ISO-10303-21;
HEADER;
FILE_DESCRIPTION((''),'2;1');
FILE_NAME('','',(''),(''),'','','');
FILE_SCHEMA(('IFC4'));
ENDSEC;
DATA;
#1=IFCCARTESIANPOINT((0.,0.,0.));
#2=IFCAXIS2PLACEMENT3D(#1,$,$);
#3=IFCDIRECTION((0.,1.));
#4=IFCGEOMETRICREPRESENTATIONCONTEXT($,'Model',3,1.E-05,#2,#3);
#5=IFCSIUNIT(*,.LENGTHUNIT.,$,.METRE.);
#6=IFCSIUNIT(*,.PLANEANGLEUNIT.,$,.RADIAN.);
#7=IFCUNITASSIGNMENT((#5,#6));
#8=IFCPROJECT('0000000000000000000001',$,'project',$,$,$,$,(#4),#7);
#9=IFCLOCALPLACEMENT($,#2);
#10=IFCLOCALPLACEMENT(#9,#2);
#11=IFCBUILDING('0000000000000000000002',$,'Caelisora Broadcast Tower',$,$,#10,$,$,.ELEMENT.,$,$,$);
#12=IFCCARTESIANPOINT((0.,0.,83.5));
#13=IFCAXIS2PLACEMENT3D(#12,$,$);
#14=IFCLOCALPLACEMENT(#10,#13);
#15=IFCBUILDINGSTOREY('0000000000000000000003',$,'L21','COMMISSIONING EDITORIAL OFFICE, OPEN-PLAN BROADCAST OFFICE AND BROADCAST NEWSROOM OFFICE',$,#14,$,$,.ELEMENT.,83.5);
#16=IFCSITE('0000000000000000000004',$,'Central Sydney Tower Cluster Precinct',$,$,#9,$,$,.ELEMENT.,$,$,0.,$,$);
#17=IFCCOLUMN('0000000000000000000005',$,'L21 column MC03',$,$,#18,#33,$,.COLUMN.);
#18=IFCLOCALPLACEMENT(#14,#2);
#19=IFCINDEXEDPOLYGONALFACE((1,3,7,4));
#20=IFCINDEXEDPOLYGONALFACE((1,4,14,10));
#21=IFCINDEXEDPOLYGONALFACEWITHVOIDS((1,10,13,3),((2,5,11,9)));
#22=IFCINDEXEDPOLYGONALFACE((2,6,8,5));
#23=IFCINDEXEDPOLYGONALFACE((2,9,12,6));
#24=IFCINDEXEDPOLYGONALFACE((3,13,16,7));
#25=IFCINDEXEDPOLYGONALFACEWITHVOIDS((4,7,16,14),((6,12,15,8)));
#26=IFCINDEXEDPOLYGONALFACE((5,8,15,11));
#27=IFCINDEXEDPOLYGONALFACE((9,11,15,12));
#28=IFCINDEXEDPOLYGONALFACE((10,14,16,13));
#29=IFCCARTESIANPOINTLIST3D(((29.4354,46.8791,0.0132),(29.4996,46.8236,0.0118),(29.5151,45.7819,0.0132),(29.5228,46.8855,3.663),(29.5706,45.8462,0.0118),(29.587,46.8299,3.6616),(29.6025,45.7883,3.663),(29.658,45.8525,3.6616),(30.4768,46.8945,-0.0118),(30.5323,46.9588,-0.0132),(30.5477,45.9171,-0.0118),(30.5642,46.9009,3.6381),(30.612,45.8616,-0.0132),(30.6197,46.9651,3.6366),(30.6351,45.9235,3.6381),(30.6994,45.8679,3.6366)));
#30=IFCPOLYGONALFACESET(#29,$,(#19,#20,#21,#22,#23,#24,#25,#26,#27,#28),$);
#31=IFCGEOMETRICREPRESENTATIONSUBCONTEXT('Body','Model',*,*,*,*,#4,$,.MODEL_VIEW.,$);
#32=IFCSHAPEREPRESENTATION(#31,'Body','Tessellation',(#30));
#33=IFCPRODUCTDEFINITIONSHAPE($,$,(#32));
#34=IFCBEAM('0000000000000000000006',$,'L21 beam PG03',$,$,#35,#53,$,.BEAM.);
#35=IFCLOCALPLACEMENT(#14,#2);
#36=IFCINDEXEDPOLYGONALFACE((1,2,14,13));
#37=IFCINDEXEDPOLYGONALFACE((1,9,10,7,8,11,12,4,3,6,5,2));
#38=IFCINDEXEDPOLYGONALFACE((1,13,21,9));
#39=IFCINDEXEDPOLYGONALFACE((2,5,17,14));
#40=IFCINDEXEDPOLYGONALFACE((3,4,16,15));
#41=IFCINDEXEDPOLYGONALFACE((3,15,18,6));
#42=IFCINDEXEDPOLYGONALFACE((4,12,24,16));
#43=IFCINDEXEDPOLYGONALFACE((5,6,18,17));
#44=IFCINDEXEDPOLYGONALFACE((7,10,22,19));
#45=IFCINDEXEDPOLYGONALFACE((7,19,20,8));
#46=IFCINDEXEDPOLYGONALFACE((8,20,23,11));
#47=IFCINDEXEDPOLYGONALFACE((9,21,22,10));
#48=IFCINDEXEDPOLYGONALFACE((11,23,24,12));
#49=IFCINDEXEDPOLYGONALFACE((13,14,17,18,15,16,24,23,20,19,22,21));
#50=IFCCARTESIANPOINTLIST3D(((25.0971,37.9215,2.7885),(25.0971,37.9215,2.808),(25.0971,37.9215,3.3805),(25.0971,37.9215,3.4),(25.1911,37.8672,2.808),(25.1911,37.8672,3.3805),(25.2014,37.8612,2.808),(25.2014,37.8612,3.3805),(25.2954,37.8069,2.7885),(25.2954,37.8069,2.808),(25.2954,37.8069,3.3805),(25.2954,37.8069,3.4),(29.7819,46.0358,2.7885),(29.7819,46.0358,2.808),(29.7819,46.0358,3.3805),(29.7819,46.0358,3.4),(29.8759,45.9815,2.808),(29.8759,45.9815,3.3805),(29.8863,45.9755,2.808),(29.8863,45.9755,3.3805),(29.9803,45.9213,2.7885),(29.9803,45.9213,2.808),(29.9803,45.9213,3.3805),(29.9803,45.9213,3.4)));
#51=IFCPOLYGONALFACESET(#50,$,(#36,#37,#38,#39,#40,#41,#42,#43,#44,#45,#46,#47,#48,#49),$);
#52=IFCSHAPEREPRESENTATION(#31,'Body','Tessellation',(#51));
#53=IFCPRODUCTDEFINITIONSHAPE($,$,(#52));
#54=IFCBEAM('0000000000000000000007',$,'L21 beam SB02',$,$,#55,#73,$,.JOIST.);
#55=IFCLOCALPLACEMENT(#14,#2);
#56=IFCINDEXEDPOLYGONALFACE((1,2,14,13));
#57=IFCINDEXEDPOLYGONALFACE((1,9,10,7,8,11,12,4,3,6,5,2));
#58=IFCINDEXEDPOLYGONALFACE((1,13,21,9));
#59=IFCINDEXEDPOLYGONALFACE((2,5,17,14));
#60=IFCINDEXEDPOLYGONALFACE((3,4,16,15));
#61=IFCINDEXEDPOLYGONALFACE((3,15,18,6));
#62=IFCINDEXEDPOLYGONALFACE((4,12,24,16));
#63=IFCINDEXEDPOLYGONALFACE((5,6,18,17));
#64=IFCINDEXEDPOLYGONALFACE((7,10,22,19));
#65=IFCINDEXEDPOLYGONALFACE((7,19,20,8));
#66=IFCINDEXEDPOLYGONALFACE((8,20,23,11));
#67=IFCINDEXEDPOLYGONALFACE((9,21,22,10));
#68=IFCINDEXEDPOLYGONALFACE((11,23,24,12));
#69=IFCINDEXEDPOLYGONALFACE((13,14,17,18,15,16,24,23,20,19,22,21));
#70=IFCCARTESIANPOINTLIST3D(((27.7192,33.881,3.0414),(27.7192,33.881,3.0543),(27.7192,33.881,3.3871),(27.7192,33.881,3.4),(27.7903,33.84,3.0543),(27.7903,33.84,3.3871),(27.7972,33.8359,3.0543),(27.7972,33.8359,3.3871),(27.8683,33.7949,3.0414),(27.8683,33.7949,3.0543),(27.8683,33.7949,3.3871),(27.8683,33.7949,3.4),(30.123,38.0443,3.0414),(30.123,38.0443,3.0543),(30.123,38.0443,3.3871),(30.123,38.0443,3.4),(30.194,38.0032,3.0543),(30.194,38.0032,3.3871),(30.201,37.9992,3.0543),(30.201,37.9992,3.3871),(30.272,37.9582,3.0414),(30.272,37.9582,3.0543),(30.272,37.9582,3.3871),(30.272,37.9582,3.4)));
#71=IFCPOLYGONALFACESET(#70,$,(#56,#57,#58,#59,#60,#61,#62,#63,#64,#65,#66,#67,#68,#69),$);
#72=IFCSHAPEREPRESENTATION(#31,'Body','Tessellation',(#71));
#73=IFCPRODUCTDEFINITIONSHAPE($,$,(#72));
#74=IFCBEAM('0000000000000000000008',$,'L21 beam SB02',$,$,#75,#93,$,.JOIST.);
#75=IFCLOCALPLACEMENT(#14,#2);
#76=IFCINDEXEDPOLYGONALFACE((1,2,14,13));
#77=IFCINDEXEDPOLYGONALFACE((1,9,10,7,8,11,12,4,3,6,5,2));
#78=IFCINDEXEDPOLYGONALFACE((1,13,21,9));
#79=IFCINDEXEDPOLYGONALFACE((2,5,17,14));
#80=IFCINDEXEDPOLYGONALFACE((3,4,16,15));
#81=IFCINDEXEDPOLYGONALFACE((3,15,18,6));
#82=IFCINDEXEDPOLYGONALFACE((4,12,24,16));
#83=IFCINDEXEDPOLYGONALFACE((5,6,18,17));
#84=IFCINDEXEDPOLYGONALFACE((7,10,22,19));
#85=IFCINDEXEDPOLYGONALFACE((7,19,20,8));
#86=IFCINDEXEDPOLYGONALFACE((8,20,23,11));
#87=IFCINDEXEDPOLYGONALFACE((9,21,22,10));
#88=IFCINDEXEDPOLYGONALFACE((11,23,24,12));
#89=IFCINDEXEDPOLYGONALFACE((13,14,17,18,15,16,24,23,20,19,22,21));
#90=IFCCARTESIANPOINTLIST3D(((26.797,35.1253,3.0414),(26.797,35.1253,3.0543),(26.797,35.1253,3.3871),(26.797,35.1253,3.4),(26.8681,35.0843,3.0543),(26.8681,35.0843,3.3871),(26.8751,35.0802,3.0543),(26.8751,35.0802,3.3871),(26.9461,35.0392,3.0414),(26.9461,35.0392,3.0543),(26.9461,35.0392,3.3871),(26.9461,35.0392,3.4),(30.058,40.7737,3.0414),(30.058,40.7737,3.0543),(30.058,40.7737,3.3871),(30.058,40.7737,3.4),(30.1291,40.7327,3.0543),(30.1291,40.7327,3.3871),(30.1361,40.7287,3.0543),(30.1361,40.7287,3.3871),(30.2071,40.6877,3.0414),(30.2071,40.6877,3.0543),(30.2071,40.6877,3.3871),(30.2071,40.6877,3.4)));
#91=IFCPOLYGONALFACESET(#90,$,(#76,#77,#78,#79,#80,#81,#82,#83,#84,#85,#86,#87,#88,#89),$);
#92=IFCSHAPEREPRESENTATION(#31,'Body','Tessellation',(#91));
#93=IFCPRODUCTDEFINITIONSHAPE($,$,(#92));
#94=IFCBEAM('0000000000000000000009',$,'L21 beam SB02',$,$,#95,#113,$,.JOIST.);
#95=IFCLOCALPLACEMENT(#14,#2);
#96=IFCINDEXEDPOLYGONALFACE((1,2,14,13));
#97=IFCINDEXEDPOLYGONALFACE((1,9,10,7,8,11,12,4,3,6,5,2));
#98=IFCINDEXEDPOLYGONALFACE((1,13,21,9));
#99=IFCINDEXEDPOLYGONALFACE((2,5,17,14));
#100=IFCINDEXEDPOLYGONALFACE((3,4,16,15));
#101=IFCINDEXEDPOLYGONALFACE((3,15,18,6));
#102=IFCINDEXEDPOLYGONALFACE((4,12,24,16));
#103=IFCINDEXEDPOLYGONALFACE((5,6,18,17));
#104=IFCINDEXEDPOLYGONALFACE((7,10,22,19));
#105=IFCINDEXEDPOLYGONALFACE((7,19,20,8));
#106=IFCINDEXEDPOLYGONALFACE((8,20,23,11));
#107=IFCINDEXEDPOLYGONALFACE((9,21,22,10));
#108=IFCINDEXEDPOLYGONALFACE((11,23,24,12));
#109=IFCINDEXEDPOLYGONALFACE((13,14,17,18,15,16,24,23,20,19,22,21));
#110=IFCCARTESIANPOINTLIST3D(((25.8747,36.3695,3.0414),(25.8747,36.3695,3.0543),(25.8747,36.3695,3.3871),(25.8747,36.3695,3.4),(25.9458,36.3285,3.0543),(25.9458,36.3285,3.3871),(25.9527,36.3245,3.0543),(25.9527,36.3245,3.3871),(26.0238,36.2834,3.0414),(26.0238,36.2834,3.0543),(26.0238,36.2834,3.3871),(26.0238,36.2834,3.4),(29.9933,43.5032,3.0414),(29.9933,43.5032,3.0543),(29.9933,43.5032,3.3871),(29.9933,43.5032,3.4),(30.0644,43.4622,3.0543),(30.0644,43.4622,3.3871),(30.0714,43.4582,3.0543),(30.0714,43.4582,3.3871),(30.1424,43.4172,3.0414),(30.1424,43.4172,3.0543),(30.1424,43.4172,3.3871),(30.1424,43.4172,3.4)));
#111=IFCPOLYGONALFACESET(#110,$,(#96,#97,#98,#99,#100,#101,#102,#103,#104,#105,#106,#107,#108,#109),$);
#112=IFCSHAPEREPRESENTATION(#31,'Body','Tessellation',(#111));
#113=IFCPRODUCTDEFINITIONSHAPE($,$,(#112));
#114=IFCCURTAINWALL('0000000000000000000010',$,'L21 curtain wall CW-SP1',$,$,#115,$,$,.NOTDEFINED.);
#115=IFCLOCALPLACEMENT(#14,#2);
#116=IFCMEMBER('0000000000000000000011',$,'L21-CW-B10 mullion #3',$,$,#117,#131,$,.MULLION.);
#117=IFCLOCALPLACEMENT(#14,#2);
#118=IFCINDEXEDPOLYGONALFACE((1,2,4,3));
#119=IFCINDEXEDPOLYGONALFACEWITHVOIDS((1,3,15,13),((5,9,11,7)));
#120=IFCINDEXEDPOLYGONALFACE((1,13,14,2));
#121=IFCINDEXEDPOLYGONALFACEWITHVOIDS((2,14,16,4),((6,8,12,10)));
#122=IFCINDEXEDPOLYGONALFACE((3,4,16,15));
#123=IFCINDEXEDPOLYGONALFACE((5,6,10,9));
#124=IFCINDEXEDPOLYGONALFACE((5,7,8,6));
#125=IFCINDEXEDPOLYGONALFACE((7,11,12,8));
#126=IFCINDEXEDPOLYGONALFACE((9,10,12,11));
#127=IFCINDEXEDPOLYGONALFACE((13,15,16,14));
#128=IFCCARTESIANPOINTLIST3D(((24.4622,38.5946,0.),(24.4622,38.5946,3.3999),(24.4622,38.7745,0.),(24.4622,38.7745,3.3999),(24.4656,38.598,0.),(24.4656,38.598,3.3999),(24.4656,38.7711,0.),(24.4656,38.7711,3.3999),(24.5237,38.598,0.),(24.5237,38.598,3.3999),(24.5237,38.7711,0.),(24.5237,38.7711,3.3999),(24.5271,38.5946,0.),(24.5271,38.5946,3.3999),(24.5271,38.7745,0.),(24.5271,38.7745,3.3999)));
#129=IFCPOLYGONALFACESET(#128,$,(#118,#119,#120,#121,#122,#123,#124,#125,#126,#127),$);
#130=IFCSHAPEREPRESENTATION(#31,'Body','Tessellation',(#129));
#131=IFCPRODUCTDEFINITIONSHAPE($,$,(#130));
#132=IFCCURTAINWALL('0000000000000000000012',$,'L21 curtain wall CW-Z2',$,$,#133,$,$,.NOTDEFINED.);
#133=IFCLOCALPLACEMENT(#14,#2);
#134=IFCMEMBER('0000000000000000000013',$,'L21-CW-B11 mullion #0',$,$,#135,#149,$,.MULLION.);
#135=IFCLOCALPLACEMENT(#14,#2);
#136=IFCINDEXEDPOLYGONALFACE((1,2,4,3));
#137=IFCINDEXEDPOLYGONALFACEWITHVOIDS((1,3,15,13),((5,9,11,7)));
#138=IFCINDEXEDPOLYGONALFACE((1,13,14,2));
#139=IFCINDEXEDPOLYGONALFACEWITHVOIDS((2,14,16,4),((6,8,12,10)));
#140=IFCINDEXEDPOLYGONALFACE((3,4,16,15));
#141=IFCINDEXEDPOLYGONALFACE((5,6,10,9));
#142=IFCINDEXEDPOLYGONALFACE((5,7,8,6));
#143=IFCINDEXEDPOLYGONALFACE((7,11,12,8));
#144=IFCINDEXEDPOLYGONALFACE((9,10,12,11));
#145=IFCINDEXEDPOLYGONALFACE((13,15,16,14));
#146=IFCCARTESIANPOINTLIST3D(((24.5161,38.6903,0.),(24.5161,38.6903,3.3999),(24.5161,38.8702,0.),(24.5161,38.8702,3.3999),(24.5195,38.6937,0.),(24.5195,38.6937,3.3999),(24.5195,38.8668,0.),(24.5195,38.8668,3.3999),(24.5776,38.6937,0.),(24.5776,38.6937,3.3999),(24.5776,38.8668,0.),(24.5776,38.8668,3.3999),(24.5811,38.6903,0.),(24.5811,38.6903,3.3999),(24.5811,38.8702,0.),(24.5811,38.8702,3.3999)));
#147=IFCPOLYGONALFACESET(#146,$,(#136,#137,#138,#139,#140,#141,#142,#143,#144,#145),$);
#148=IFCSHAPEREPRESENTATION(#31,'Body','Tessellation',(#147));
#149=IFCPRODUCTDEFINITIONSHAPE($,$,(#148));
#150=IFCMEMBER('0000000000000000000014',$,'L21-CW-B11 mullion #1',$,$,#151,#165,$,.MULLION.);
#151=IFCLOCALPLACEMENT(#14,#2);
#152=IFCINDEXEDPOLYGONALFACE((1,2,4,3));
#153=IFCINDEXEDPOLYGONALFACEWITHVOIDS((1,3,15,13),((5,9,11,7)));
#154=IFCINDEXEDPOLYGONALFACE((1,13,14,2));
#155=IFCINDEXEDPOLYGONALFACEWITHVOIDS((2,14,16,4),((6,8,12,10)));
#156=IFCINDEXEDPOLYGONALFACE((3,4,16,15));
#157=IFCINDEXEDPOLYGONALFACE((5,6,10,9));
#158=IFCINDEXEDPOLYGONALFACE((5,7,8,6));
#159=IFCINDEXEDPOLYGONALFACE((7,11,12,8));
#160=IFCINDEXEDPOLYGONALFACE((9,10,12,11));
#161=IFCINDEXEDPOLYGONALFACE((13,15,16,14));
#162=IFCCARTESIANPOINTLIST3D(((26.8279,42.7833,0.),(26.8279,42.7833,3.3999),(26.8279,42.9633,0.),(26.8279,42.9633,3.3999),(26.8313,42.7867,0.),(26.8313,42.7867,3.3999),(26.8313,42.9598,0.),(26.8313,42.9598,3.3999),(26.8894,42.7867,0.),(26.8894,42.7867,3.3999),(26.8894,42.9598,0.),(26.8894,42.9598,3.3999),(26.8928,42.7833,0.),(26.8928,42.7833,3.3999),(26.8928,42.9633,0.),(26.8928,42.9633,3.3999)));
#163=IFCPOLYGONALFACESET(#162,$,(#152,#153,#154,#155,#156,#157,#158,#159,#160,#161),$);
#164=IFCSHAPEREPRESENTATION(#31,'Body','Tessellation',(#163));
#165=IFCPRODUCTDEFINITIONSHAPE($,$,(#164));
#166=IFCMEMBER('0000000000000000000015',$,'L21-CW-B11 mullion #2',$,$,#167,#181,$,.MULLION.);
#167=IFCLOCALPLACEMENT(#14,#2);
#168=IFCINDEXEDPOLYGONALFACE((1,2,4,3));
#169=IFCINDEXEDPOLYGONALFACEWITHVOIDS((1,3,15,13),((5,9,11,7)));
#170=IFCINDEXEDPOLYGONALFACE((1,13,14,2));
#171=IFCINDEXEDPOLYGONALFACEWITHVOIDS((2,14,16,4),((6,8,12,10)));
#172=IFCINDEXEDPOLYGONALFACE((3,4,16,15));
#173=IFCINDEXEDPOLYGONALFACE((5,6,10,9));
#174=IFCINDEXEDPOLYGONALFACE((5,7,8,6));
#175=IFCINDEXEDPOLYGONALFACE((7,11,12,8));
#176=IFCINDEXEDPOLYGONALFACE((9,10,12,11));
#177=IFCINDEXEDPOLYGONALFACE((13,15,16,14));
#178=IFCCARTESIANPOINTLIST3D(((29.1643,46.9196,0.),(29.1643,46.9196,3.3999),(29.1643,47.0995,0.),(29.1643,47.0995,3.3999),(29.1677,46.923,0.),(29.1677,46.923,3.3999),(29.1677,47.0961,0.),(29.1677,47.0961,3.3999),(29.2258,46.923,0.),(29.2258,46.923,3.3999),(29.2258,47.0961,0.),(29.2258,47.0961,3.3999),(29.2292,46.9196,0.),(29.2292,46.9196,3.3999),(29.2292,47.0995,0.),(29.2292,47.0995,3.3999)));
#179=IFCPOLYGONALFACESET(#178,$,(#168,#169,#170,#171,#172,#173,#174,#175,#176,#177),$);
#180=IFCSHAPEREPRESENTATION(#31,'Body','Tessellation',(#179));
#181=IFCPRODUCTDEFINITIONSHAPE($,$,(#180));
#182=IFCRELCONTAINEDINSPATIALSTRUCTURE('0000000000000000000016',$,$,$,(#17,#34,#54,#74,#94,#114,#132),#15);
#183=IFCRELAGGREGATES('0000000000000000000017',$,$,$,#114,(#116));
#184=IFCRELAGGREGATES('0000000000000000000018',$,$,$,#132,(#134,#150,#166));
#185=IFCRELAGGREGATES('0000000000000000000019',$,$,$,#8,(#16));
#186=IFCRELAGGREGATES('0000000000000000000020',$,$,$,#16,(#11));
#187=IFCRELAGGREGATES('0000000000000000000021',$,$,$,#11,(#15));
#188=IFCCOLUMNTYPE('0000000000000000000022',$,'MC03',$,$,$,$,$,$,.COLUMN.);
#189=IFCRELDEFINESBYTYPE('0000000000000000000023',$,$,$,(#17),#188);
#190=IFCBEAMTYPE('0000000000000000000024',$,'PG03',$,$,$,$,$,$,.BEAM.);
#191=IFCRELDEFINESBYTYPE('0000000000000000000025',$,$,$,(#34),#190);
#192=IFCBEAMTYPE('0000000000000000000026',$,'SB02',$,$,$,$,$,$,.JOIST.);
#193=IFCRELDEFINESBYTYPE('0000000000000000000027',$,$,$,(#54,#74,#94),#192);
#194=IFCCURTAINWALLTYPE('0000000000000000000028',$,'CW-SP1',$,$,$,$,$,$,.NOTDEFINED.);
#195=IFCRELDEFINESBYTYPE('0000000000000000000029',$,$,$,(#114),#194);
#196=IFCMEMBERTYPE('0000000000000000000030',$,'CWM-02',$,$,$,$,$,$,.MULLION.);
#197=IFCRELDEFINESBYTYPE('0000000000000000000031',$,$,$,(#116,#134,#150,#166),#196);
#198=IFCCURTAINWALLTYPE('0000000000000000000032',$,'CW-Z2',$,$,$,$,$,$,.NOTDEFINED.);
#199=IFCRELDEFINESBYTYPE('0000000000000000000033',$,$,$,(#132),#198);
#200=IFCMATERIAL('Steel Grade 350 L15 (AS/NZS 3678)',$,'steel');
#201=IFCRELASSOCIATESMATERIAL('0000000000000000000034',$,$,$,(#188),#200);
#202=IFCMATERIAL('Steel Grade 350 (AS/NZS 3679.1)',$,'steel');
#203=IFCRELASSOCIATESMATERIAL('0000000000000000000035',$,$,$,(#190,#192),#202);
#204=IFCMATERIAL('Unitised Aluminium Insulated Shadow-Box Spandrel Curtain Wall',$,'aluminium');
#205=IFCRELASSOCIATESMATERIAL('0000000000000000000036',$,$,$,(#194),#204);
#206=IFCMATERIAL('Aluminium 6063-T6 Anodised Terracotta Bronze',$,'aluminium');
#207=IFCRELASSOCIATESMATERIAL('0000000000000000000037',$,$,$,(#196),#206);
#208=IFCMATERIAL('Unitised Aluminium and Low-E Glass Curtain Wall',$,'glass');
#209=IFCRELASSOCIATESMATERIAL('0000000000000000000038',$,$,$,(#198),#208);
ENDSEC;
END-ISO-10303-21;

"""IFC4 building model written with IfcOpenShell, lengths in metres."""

from ifc_helpers import new_model, si_unit, direction, frame, origin, origin_2d, place, context, subcontext, project, spatial, hollow_rectangle, i_section, extrude, source, transform, mapped, material, material_profile, profile_set, type_object, type_shapes, element, aggregate, save


model = new_model("IFC4")

# Units and contexts
model_context = context("Model", 3, precision=1e-05, world=origin(), true_north=direction((0.0, 1.0)))
body_context = subcontext(model_context, "Body", "Model", "MODEL_VIEW")
ifc_project = project(units=[si_unit("LENGTHUNIT", "METRE"), si_unit("PLANEANGLEUNIT", "RADIAN")], contexts=[model_context])

# Site, building, storey
site_placement = place(None, origin())
site = spatial("IfcSite", under=ifc_project, at=site_placement, Name="Central Sydney Tower Cluster Precinct", CompositionType="ELEMENT", RefElevation=0.0)
building_placement = place(site_placement, origin())
building = spatial("IfcBuilding", under=site, at=building_placement, Name="Caelisora Broadcast Tower", CompositionType="ELEMENT")
storey_placement = place(building_placement, frame((0.0, 0.0, 83.5)))
storey = spatial("IfcBuildingStorey", under=building, at=storey_placement, Name="L21", Description="COMMISSIONING EDITORIAL OFFICE, OPEN-PLAN BROADCAST OFFICE AND BROADCAST NEWSROOM OFFICE", CompositionType="ELEMENT", Elevation=83.5)

# Column
ifc_material_1 = material(Name="Steel Grade 350 L15 (AS/NZS 3678)", Category="steel")
ifc_material_profile_1 = material_profile(ifc_material_1, hollow_rectangle(XDim=1.1001, YDim=1.1001, WallThickness=0.0601, at=origin_2d()), Name="Steel Grade 350 L15 (AS/NZS 3678)")
ifc_profile_set_1 = profile_set([ifc_material_profile_1], Name="Steel Grade 350 L15 (AS/NZS 3678)")
column_type = type_object("IfcColumnType", Name="MC03", PredefinedType="COLUMN", material=ifc_profile_set_1)
shared_shape_1 = source(origin(), body_context, "Body", "SweptSolid", [
    extrude(hollow_rectangle(XDim=1.1001, YDim=1.1001, WallThickness=0.0601, at=origin_2d()), origin(), (0.0, 0.0, 1.0), 3.6509),
])
type_shapes(column_type, [shared_shape_1])
column_placement = place(storey_placement, frame((30.0237, 46.3704, 0.0), z_axis=(0.02394, 0.001739, 0.999712), x_axis=(-0.072435, 0.997373, 0.0)))
element("IfcColumn", 1, at=column_placement, inside=storey, type_object=column_type, Name="L21 column MC03", PredefinedType="COLUMN", context=body_context, shape_type="MappedRepresentation", body=[
    mapped(shared_shape_1, transform((0.0, 0.0, 0.0), scale=1.0)),
])

# Beams
ifc_material_2 = material(Name="Steel Grade 350 (AS/NZS 3679.1)", Category="steel")
ifc_material_profile_2 = material_profile(ifc_material_2, i_section(OverallWidth=0.229, OverallDepth=0.6116, WebThickness=0.012, FlangeThickness=0.0195, at=origin_2d()), Name="Steel Grade 350 (AS/NZS 3679.1)")
ifc_profile_set_2 = profile_set([ifc_material_profile_2], Name="Steel Grade 350 (AS/NZS 3679.1)")
beam_type_1 = type_object("IfcBeamType", Name="PG03", PredefinedType="BEAM", material=ifc_profile_set_2)
shared_shape_2 = source(origin(), body_context, "Body", "SweptSolid", [
    extrude(i_section(OverallWidth=0.229, OverallDepth=0.6116, WebThickness=0.012, FlangeThickness=0.0195, at=origin_2d()), origin(), (0.0, 0.0, 1.0), 9.3696),
])
type_shapes(beam_type_1, [shared_shape_2])
beam_1_placement = place(storey_placement, frame((29.8811, 45.9785, 3.0942), z_axis=(-0.500004, -0.866023, 0.0), x_axis=(0.866023, -0.500004, 0.0)))
element("IfcBeam", 2, at=beam_1_placement, inside=storey, type_object=beam_type_1, Name="L21 beam PG03", PredefinedType="BEAM", context=body_context, shape_type="MappedRepresentation", body=[
    mapped(shared_shape_2, transform((0.0, 0.0, 0.0), scale=1.0)),
])
ifc_material_profile_3 = material_profile(ifc_material_2, i_section(OverallWidth=0.1721, OverallDepth=0.3586, WebThickness=0.0081, FlangeThickness=0.0129, at=origin_2d()), Name="Steel Grade 350 (AS/NZS 3679.1)")
ifc_profile_set_3 = profile_set([ifc_material_profile_3], Name="Steel Grade 350 (AS/NZS 3679.1)")
beam_type_2 = type_object("IfcBeamType", Name="SB02", PredefinedType="JOIST", material=ifc_profile_set_3)
shared_shape_3 = source(origin(), body_context, "Body", "SweptSolid", [
    extrude(i_section(OverallWidth=0.1721, OverallDepth=0.3586, WebThickness=0.0081, FlangeThickness=0.0129, at=origin_2d()), origin(), (0.0, 0.0, 1.0), 4.8074),
])
beam_2_placement = place(storey_placement, frame((30.1975, 38.0012, 3.2207), z_axis=(-0.500017, -0.866016, 0.0), x_axis=(0.866016, -0.500017, 0.0)))
element("IfcBeam", 3, at=beam_2_placement, inside=storey, type_object=beam_type_2, Name="L21 beam SB02", PredefinedType="JOIST", context=body_context, shape_type="MappedRepresentation", body=[
    mapped(shared_shape_3, transform((0.0, 0.0, 0.0), scale=1.0)),
])
shared_shape_4 = source(origin(), body_context, "Body", "SweptSolid", [
    extrude(i_section(OverallWidth=0.1721, OverallDepth=0.3586, WebThickness=0.0081, FlangeThickness=0.0129, at=origin_2d()), origin(), (0.0, 0.0, 1.0), 6.5222),
])
beam_3_placement = place(storey_placement, frame((30.1326, 40.7307, 3.2207), z_axis=(-0.499984, -0.866035, 0.0), x_axis=(0.866035, -0.499984, 0.0)))
element("IfcBeam", 4, at=beam_3_placement, inside=storey, type_object=beam_type_2, Name="L21 beam SB02", PredefinedType="JOIST", context=body_context, shape_type="MappedRepresentation", body=[
    mapped(shared_shape_4, transform((0.0, 0.0, 0.0), scale=1.0)),
])
shared_shape_5 = source(origin(), body_context, "Body", "SweptSolid", [
    extrude(i_section(OverallWidth=0.1721, OverallDepth=0.3586, WebThickness=0.0081, FlangeThickness=0.0129, at=origin_2d()), origin(), (0.0, 0.0, 1.0), 8.2373),
])
type_shapes(beam_type_2, [shared_shape_3, shared_shape_4, shared_shape_5])
beam_4_placement = place(storey_placement, frame((30.0679, 43.4602, 3.2207), z_axis=(-0.499996, -0.866028, 0.0), x_axis=(0.866028, -0.499996, 0.0)))
element("IfcBeam", 5, at=beam_4_placement, inside=storey, type_object=beam_type_2, Name="L21 beam SB02", PredefinedType="JOIST", context=body_context, shape_type="MappedRepresentation", body=[
    mapped(shared_shape_5, transform((0.0, 0.0, 0.0), scale=1.0)),
])

# Curtain wall, member
ifc_material_3 = material(Name="Unitised Aluminium Insulated Shadow-Box Spandrel Curtain Wall", Category="aluminium")
curtain_wall_type_1 = type_object("IfcCurtainWallType", Name="CW-SP1", PredefinedType="NOTDEFINED", material=ifc_material_3)
curtain_wall_1_placement = place(storey_placement, origin())
curtain_wall_1 = element("IfcCurtainWall", 6, at=curtain_wall_1_placement, inside=storey, type_object=curtain_wall_type_1, Name="L21 curtain wall CW-SP1", PredefinedType="NOTDEFINED")
ifc_material_4 = material(Name="Aluminium 6063-T6 Anodised Terracotta Bronze", Category="aluminium")
ifc_material_profile_4 = material_profile(ifc_material_4, hollow_rectangle(XDim=0.0649, YDim=0.1799, WallThickness=0.0034, at=origin_2d()), Name="Aluminium 6063-T6 Anodised Terracotta Bronze")
ifc_profile_set_4 = profile_set([ifc_material_profile_4], Name="Aluminium 6063-T6 Anodised Terracotta Bronze")
member_type_1 = type_object("IfcMemberType", Name="CWM-02", PredefinedType="MULLION", material=ifc_profile_set_4)
shared_shape_6 = source(origin(), body_context, "Body", "SweptSolid", [
    extrude(hollow_rectangle(XDim=0.0649, YDim=0.1799, WallThickness=0.0034, at=origin_2d()), origin(), (0.0, 0.0, 1.0), 3.3999),
])
type_shapes(member_type_1, [shared_shape_6])
member_1_placement = place(storey_placement, frame((24.4946, 38.6846, 0.0), z_axis=(0.0, 0.0, 1.0), x_axis=(1.0, 0.0, 0.0)))
member_1 = element("IfcMember", 7, at=member_1_placement, type_object=member_type_1, Name="L21-CW-B10 mullion #3", PredefinedType="MULLION", context=body_context, shape_type="MappedRepresentation", body=[
    mapped(shared_shape_6, transform((0.0, 0.0, 0.0), scale=1.0)),
])
aggregate(curtain_wall_1, [member_1])

# Curtain wall, members
ifc_material_5 = material(Name="Unitised Aluminium and Low-E Glass Curtain Wall", Category="glass")
curtain_wall_type_2 = type_object("IfcCurtainWallType", Name="CW-Z2", PredefinedType="NOTDEFINED", material=ifc_material_5)
curtain_wall_2_placement = place(storey_placement, origin())
curtain_wall_2 = element("IfcCurtainWall", 8, at=curtain_wall_2_placement, inside=storey, type_object=curtain_wall_type_2, Name="L21 curtain wall CW-Z2", PredefinedType="NOTDEFINED")
member_2_placement = place(storey_placement, frame((24.5486, 38.7803, 0.0), z_axis=(0.0, 0.0, 1.0), x_axis=(1.0, 0.0, 0.0)))
member_2 = element("IfcMember", 9, at=member_2_placement, type_object=member_type_1, Name="L21-CW-B11 mullion #0", PredefinedType="MULLION", context=body_context, shape_type="MappedRepresentation", body=[
    mapped(shared_shape_6, transform((0.0, 0.0, 0.0), scale=1.0)),
])
member_3_placement = place(storey_placement, frame((26.8604, 42.8733, 0.0), z_axis=(0.0, 0.0, 1.0), x_axis=(1.0, 0.0, 0.0)))
member_3 = element("IfcMember", 10, at=member_3_placement, type_object=member_type_1, Name="L21-CW-B11 mullion #1", PredefinedType="MULLION", context=body_context, shape_type="MappedRepresentation", body=[
    mapped(shared_shape_6, transform((0.0, 0.0, 0.0), scale=1.0)),
])
member_4_placement = place(storey_placement, frame((29.1968, 47.0095, 0.0), z_axis=(0.0, 0.0, 1.0), x_axis=(1.0, 0.0, 0.0)))
member_4 = element("IfcMember", 11, at=member_4_placement, type_object=member_type_1, Name="L21-CW-B11 mullion #2", PredefinedType="MULLION", context=body_context, shape_type="MappedRepresentation", body=[
    mapped(shared_shape_6, transform((0.0, 0.0, 0.0), scale=1.0)),
])
aggregate(curtain_wall_2, [member_2, member_3, member_4])

save(model, "model.ifc")
